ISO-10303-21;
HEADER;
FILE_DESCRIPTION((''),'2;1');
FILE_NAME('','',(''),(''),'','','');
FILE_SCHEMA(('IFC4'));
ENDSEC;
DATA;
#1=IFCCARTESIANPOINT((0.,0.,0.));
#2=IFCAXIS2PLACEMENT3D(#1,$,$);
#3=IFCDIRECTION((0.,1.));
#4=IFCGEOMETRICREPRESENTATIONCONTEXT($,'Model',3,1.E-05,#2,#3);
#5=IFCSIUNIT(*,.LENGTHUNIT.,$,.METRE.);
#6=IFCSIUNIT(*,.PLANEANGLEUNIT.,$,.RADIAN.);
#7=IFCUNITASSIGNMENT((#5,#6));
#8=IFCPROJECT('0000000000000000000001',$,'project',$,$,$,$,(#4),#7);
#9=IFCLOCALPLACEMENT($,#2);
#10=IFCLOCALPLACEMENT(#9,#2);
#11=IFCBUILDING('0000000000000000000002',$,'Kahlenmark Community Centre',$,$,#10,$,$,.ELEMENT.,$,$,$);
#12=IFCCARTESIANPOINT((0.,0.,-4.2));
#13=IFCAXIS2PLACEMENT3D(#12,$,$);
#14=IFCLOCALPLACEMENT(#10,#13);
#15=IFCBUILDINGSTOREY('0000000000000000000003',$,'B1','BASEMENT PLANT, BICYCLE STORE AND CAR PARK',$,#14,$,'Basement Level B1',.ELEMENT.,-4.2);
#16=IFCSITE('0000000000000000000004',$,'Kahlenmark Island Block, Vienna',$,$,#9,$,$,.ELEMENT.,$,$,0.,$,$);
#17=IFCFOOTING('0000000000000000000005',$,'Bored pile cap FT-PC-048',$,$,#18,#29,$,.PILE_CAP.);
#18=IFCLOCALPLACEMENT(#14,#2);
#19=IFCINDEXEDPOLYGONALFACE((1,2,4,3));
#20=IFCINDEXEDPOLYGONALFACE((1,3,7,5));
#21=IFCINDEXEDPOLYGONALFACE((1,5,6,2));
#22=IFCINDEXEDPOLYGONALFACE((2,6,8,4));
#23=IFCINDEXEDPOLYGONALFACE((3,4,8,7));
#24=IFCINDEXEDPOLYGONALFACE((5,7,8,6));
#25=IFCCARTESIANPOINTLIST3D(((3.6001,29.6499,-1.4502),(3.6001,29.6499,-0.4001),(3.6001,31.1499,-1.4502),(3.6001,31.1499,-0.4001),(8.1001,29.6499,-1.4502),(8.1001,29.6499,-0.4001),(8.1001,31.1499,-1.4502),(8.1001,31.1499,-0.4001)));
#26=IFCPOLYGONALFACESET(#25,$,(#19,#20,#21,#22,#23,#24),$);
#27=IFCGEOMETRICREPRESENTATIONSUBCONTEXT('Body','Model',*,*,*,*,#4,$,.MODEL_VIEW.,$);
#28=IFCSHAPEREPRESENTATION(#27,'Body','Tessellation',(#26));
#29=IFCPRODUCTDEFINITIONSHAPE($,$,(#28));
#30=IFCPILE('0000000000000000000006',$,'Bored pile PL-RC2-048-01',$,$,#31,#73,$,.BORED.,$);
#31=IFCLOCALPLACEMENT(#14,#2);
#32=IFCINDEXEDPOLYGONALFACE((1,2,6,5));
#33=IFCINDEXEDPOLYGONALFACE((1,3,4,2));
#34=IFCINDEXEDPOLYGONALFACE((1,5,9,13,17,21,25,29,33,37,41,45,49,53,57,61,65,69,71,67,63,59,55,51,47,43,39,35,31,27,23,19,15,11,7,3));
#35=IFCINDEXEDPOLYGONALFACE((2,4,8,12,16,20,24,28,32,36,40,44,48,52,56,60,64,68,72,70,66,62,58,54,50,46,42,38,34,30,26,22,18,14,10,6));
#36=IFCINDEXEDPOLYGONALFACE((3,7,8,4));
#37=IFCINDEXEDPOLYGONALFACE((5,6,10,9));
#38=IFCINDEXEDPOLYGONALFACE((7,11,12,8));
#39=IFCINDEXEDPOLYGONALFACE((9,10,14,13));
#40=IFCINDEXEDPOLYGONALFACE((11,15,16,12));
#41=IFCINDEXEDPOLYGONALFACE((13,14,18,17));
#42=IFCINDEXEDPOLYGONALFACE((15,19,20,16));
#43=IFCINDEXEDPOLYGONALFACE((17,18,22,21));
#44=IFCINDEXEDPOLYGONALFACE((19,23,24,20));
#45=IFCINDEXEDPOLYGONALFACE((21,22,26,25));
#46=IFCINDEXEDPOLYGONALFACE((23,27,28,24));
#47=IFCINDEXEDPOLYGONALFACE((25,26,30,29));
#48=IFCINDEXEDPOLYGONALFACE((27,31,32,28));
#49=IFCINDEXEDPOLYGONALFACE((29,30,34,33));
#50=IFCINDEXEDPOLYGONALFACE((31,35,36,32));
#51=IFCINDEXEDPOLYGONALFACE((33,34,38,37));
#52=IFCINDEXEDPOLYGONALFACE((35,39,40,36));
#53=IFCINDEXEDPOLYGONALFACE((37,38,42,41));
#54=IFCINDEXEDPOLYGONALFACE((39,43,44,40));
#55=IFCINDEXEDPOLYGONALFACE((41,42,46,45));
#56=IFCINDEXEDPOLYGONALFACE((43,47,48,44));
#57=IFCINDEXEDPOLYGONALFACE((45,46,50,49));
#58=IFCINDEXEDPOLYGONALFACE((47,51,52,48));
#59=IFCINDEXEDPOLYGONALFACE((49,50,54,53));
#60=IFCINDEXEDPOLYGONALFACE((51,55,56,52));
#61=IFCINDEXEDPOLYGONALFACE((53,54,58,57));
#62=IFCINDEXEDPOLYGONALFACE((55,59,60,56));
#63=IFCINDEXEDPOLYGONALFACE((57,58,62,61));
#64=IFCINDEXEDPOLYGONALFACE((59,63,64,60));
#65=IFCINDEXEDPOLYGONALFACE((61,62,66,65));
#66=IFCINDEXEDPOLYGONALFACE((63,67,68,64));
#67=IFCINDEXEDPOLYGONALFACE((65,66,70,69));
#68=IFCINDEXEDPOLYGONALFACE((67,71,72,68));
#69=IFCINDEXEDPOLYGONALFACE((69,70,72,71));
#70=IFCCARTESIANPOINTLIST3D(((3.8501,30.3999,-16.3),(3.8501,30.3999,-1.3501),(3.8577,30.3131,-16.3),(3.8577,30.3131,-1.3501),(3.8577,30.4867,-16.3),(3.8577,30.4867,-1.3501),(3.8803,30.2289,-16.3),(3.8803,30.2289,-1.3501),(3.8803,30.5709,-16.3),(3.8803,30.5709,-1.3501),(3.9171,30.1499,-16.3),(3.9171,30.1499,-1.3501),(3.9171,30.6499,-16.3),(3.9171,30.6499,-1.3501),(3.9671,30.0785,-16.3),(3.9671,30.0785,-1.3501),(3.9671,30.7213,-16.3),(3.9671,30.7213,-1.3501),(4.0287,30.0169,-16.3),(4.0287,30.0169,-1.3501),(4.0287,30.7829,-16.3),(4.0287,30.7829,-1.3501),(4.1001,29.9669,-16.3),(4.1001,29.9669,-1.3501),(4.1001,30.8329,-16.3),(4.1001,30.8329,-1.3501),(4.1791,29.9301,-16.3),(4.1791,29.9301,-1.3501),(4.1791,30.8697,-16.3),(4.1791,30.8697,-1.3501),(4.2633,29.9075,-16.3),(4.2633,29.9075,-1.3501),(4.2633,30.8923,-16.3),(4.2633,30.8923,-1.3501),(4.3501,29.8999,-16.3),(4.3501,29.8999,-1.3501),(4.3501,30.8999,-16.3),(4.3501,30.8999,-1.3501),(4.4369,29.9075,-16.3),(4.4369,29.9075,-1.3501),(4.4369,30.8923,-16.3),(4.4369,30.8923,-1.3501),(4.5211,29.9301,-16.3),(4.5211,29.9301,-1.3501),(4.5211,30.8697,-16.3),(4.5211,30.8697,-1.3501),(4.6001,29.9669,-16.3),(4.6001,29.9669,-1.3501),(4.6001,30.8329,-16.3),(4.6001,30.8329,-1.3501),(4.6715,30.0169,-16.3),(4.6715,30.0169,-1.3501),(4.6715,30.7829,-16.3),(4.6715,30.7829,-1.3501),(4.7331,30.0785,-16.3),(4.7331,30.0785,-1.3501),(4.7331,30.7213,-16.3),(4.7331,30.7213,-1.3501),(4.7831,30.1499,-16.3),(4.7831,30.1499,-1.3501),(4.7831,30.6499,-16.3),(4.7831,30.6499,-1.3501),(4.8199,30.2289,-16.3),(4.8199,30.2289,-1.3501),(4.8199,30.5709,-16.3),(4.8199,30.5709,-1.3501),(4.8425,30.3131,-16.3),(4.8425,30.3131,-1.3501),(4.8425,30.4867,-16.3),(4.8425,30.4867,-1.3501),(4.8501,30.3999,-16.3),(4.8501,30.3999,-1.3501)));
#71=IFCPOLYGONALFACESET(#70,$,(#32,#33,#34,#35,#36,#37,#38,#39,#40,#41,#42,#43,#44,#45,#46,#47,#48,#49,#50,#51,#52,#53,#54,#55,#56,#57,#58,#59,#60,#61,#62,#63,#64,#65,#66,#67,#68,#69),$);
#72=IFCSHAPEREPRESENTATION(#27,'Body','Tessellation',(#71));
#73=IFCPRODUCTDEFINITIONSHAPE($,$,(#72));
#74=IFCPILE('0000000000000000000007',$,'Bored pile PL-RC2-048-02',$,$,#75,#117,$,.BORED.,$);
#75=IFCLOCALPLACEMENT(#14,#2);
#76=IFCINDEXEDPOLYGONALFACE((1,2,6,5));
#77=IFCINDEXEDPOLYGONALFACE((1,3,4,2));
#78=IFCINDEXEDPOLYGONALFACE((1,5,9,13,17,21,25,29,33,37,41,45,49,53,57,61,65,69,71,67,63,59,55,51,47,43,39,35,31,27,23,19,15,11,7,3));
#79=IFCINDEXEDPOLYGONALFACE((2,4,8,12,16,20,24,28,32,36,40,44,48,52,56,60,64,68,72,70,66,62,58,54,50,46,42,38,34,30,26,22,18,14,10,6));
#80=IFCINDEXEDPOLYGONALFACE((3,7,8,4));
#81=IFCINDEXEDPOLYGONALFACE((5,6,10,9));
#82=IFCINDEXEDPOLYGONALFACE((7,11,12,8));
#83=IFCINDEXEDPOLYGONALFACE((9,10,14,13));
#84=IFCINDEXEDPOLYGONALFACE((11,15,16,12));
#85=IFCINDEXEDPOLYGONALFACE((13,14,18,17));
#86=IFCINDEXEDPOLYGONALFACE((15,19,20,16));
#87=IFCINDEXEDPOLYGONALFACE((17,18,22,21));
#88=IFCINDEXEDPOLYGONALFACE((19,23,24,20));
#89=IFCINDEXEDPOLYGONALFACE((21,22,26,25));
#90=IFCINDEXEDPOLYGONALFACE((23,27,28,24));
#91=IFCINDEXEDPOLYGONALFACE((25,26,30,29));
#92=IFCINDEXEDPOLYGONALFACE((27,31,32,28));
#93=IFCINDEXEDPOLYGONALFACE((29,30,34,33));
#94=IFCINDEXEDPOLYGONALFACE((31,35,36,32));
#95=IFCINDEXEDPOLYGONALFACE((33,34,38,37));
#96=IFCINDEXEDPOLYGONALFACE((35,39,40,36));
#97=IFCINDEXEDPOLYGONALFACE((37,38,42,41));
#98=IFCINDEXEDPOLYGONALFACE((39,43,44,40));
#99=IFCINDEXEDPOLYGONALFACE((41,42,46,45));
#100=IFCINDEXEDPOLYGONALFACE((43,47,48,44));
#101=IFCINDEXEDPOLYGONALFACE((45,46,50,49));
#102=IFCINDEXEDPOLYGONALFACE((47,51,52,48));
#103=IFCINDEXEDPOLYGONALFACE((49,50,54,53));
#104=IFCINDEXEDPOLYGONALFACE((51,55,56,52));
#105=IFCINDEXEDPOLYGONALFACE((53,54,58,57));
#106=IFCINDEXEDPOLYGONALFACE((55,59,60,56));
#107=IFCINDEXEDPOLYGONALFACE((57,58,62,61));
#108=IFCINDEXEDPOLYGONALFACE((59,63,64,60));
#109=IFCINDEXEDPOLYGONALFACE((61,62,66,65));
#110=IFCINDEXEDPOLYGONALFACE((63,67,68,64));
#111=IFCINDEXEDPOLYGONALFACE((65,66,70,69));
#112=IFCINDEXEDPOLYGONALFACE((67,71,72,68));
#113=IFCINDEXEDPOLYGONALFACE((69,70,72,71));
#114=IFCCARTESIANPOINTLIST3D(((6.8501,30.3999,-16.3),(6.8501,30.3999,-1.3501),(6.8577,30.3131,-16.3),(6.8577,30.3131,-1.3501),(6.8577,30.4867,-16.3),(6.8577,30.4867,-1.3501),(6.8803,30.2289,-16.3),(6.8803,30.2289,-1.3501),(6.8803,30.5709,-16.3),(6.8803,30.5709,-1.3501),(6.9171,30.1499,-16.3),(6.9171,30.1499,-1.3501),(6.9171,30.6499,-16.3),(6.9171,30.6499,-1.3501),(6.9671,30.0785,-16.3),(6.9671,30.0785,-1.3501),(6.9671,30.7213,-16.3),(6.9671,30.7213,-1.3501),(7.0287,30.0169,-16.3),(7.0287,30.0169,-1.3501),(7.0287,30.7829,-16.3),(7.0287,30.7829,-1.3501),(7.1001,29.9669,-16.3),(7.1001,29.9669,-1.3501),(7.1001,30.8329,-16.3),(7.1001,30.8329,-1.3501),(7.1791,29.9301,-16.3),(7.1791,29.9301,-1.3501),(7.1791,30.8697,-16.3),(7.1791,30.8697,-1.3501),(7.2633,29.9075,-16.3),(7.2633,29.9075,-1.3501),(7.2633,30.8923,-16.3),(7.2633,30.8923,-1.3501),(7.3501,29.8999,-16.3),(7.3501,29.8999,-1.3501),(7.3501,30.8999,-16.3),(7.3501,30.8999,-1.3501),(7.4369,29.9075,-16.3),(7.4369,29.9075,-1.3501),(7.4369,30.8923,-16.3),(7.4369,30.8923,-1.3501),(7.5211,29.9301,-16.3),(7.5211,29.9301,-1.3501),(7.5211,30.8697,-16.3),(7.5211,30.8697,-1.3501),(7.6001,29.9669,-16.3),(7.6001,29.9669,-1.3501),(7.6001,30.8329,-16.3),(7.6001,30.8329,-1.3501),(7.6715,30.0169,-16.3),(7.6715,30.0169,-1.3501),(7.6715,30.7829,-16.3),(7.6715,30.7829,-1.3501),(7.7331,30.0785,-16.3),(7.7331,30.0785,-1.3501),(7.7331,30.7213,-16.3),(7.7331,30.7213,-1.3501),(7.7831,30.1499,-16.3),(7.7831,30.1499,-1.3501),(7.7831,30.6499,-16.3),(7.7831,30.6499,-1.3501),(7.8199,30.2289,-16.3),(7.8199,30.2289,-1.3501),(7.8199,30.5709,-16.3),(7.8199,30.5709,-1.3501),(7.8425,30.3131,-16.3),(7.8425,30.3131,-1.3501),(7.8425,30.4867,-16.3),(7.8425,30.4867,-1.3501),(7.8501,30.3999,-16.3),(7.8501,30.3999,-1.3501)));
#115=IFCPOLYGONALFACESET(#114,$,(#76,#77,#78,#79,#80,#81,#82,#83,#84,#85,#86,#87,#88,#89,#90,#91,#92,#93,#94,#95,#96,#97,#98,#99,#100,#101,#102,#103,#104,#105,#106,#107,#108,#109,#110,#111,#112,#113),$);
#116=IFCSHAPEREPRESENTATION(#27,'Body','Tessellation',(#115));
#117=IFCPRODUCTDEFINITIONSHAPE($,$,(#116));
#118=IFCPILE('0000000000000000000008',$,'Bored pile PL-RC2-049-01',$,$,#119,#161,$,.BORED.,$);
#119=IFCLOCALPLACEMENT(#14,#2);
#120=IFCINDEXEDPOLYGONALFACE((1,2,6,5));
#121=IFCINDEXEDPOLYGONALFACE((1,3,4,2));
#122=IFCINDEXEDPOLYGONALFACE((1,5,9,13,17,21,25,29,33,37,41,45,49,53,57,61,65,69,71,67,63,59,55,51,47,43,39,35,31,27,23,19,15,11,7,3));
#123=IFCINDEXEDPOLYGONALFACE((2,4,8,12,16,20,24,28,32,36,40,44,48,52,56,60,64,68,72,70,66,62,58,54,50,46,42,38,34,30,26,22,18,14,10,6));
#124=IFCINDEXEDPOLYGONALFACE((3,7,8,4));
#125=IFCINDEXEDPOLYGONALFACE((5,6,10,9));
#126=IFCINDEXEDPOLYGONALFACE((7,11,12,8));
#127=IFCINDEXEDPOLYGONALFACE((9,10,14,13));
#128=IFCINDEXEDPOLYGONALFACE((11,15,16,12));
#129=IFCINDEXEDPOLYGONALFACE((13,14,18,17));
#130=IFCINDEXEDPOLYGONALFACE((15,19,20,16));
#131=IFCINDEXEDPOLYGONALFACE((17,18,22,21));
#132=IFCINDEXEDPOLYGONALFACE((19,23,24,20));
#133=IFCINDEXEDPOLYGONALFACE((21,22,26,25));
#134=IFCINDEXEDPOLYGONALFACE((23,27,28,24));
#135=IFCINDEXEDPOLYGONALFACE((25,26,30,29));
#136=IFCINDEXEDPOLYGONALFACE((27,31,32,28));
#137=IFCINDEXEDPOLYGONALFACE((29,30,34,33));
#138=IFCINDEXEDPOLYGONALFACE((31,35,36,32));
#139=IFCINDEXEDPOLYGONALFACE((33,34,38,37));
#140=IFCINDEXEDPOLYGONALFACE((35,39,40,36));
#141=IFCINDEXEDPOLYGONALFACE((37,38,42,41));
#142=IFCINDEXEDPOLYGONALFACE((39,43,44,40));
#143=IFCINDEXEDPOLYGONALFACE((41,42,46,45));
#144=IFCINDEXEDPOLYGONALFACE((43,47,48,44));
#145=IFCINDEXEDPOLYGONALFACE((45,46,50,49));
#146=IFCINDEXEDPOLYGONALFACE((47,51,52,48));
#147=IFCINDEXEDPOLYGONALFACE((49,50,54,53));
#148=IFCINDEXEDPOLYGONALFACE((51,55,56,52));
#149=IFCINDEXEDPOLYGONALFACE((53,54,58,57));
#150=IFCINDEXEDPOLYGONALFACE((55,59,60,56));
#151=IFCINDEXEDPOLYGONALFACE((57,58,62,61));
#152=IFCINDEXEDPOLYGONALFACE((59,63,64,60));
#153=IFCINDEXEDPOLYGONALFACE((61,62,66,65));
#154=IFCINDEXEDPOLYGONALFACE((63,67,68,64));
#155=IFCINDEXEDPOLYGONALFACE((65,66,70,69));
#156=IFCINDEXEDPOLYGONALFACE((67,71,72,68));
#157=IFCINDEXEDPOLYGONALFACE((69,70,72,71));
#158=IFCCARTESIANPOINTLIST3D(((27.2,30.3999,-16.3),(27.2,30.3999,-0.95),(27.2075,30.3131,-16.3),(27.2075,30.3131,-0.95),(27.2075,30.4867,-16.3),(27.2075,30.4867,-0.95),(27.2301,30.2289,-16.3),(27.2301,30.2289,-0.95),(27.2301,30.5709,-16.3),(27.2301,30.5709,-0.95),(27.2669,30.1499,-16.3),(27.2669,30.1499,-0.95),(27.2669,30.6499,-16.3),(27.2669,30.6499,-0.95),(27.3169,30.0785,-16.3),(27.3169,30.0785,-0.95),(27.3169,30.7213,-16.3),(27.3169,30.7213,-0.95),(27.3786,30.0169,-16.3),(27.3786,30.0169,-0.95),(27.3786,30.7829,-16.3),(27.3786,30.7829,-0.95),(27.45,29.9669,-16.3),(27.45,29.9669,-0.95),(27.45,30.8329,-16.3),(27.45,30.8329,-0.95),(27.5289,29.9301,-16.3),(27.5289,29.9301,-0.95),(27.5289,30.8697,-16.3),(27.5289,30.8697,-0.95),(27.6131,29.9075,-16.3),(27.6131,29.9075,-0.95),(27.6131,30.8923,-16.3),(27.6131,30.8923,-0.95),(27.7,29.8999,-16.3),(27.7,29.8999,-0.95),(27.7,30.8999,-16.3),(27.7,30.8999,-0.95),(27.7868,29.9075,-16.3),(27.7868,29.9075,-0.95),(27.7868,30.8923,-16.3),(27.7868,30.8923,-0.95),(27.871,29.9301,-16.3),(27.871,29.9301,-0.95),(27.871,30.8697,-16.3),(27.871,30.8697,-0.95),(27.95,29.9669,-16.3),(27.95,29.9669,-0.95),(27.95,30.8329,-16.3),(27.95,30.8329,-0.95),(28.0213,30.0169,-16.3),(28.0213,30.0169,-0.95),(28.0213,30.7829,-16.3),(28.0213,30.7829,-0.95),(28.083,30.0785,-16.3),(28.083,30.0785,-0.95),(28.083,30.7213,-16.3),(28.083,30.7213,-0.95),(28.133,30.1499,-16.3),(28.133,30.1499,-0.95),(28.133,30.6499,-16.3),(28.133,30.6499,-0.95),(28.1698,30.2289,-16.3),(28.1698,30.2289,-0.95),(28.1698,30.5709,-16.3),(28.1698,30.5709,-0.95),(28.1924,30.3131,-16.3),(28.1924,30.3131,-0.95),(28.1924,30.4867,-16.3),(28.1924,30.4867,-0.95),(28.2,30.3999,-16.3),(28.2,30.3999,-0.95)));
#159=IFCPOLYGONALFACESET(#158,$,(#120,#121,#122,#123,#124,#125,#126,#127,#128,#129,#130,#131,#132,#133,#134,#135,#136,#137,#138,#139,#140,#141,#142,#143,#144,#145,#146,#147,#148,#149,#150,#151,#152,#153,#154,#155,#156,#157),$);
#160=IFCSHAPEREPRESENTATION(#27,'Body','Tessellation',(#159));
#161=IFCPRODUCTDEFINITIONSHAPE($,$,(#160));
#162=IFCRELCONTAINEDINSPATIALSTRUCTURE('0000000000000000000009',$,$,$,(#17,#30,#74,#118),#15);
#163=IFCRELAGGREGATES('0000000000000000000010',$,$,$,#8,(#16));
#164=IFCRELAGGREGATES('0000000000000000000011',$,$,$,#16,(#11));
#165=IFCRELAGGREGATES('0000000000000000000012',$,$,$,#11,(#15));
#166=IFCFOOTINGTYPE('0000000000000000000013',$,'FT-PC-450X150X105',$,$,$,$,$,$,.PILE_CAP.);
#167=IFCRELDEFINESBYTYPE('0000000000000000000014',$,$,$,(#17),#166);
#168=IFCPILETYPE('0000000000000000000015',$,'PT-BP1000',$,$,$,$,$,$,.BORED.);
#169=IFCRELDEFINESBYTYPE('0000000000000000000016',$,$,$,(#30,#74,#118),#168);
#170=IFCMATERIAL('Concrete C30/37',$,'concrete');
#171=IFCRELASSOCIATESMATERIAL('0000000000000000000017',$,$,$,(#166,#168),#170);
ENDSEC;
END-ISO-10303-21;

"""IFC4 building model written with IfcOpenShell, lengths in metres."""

from ifc_helpers import new_model, si_unit, direction, frame, origin, origin_2d, place, context, subcontext, project, spatial, rectangle, circle, extrude, material, material_profile, profile_set, type_object, element, save


model = new_model("IFC4")

# Units and contexts
model_context = context("Model", 3, precision=1e-05, world=origin(), true_north=direction((0.0, 1.0)))
body_context = subcontext(model_context, "Body", "Model", "MODEL_VIEW")
ifc_project = project(units=[si_unit("LENGTHUNIT", "METRE"), si_unit("PLANEANGLEUNIT", "RADIAN")], contexts=[model_context])

# Site, building, storey
site_placement = place(None, origin())
site = spatial("IfcSite", under=ifc_project, at=site_placement, Name="Kahlenmark Island Block, Vienna", CompositionType="ELEMENT", RefElevation=0.0)
building_placement = place(site_placement, origin())
building = spatial("IfcBuilding", under=site, at=building_placement, Name="Kahlenmark Community Centre", CompositionType="ELEMENT")
storey_placement = place(building_placement, frame((0.0, 0.0, -4.2)))
storey = spatial("IfcBuildingStorey", under=building, at=storey_placement, Name="B1", Description="BASEMENT PLANT, BICYCLE STORE AND CAR PARK", LongName="Basement Level B1", CompositionType="ELEMENT", Elevation=-4.2)

# Footing
ifc_material_1 = material(Name="Concrete C30/37", Category="concrete")
footing_type_1 = type_object("IfcFootingType", Name="FT-PC-450X150X105", PredefinedType="PILE_CAP", material=ifc_material_1)
footing_1_placement = place(storey_placement, frame((5.8501, 30.3999, -1.4502), z_axis=(0.0, 0.0, 1.0), x_axis=(1.0, 0.0, 0.0)))
element("IfcFooting", 1, at=footing_1_placement, inside=storey, type_object=footing_type_1, Name="Bored pile cap FT-PC-048", PredefinedType="PILE_CAP", context=body_context, shape_type="SweptSolid", body=[
    extrude(rectangle(XDim=4.5, YDim=1.5, at=origin_2d()), origin(), (0.0, 0.0, 1.0), 1.05),
])

# Piles
ifc_material_profile_1 = material_profile(ifc_material_1, circle(Radius=0.5, at=origin_2d()), Name="BORED PILE 1000")
ifc_profile_set_1 = profile_set([ifc_material_profile_1], Name="Concrete C30/37")
pile_type_1 = type_object("IfcPileType", Name="PT-BP1000", PredefinedType="BORED", material=ifc_profile_set_1)
for number, where, z_axis, x_axis, name in (
    (2, (4.3501, 30.3999, -1.3501), (0.0, 0.0, -1.0), (1.0, 0.0, 0.0), "Bored pile PL-RC2-048-01"),
    (3, (7.3501, 30.3999, -1.3501), (0.0, 0.0, -1.0), (1.0, 0.0, 0.0), "Bored pile PL-RC2-048-02"),
):
    element("IfcPile", number, at=place(storey_placement, frame(where, z_axis=z_axis, x_axis=x_axis)), inside=storey, type_object=pile_type_1, Name=name, PredefinedType="BORED", context=body_context, shape_type="SweptSolid", body=[
        extrude(circle(Radius=0.5, at=origin_2d()), origin(), (0.0, 0.0, 1.0), 14.95),
    ])
pile_1_placement = place(storey_placement, frame((27.7, 30.3999, -0.95), z_axis=(0.0, 0.0, -1.0), x_axis=(1.0, 0.0, 0.0)))
element("IfcPile", 4, at=pile_1_placement, inside=storey, type_object=pile_type_1, Name="Bored pile PL-RC2-049-01", PredefinedType="BORED", context=body_context, shape_type="SweptSolid", body=[
    extrude(circle(Radius=0.5, at=origin_2d()), origin(), (0.0, 0.0, 1.0), 15.3501),
])

save(model, "model.ifc")
